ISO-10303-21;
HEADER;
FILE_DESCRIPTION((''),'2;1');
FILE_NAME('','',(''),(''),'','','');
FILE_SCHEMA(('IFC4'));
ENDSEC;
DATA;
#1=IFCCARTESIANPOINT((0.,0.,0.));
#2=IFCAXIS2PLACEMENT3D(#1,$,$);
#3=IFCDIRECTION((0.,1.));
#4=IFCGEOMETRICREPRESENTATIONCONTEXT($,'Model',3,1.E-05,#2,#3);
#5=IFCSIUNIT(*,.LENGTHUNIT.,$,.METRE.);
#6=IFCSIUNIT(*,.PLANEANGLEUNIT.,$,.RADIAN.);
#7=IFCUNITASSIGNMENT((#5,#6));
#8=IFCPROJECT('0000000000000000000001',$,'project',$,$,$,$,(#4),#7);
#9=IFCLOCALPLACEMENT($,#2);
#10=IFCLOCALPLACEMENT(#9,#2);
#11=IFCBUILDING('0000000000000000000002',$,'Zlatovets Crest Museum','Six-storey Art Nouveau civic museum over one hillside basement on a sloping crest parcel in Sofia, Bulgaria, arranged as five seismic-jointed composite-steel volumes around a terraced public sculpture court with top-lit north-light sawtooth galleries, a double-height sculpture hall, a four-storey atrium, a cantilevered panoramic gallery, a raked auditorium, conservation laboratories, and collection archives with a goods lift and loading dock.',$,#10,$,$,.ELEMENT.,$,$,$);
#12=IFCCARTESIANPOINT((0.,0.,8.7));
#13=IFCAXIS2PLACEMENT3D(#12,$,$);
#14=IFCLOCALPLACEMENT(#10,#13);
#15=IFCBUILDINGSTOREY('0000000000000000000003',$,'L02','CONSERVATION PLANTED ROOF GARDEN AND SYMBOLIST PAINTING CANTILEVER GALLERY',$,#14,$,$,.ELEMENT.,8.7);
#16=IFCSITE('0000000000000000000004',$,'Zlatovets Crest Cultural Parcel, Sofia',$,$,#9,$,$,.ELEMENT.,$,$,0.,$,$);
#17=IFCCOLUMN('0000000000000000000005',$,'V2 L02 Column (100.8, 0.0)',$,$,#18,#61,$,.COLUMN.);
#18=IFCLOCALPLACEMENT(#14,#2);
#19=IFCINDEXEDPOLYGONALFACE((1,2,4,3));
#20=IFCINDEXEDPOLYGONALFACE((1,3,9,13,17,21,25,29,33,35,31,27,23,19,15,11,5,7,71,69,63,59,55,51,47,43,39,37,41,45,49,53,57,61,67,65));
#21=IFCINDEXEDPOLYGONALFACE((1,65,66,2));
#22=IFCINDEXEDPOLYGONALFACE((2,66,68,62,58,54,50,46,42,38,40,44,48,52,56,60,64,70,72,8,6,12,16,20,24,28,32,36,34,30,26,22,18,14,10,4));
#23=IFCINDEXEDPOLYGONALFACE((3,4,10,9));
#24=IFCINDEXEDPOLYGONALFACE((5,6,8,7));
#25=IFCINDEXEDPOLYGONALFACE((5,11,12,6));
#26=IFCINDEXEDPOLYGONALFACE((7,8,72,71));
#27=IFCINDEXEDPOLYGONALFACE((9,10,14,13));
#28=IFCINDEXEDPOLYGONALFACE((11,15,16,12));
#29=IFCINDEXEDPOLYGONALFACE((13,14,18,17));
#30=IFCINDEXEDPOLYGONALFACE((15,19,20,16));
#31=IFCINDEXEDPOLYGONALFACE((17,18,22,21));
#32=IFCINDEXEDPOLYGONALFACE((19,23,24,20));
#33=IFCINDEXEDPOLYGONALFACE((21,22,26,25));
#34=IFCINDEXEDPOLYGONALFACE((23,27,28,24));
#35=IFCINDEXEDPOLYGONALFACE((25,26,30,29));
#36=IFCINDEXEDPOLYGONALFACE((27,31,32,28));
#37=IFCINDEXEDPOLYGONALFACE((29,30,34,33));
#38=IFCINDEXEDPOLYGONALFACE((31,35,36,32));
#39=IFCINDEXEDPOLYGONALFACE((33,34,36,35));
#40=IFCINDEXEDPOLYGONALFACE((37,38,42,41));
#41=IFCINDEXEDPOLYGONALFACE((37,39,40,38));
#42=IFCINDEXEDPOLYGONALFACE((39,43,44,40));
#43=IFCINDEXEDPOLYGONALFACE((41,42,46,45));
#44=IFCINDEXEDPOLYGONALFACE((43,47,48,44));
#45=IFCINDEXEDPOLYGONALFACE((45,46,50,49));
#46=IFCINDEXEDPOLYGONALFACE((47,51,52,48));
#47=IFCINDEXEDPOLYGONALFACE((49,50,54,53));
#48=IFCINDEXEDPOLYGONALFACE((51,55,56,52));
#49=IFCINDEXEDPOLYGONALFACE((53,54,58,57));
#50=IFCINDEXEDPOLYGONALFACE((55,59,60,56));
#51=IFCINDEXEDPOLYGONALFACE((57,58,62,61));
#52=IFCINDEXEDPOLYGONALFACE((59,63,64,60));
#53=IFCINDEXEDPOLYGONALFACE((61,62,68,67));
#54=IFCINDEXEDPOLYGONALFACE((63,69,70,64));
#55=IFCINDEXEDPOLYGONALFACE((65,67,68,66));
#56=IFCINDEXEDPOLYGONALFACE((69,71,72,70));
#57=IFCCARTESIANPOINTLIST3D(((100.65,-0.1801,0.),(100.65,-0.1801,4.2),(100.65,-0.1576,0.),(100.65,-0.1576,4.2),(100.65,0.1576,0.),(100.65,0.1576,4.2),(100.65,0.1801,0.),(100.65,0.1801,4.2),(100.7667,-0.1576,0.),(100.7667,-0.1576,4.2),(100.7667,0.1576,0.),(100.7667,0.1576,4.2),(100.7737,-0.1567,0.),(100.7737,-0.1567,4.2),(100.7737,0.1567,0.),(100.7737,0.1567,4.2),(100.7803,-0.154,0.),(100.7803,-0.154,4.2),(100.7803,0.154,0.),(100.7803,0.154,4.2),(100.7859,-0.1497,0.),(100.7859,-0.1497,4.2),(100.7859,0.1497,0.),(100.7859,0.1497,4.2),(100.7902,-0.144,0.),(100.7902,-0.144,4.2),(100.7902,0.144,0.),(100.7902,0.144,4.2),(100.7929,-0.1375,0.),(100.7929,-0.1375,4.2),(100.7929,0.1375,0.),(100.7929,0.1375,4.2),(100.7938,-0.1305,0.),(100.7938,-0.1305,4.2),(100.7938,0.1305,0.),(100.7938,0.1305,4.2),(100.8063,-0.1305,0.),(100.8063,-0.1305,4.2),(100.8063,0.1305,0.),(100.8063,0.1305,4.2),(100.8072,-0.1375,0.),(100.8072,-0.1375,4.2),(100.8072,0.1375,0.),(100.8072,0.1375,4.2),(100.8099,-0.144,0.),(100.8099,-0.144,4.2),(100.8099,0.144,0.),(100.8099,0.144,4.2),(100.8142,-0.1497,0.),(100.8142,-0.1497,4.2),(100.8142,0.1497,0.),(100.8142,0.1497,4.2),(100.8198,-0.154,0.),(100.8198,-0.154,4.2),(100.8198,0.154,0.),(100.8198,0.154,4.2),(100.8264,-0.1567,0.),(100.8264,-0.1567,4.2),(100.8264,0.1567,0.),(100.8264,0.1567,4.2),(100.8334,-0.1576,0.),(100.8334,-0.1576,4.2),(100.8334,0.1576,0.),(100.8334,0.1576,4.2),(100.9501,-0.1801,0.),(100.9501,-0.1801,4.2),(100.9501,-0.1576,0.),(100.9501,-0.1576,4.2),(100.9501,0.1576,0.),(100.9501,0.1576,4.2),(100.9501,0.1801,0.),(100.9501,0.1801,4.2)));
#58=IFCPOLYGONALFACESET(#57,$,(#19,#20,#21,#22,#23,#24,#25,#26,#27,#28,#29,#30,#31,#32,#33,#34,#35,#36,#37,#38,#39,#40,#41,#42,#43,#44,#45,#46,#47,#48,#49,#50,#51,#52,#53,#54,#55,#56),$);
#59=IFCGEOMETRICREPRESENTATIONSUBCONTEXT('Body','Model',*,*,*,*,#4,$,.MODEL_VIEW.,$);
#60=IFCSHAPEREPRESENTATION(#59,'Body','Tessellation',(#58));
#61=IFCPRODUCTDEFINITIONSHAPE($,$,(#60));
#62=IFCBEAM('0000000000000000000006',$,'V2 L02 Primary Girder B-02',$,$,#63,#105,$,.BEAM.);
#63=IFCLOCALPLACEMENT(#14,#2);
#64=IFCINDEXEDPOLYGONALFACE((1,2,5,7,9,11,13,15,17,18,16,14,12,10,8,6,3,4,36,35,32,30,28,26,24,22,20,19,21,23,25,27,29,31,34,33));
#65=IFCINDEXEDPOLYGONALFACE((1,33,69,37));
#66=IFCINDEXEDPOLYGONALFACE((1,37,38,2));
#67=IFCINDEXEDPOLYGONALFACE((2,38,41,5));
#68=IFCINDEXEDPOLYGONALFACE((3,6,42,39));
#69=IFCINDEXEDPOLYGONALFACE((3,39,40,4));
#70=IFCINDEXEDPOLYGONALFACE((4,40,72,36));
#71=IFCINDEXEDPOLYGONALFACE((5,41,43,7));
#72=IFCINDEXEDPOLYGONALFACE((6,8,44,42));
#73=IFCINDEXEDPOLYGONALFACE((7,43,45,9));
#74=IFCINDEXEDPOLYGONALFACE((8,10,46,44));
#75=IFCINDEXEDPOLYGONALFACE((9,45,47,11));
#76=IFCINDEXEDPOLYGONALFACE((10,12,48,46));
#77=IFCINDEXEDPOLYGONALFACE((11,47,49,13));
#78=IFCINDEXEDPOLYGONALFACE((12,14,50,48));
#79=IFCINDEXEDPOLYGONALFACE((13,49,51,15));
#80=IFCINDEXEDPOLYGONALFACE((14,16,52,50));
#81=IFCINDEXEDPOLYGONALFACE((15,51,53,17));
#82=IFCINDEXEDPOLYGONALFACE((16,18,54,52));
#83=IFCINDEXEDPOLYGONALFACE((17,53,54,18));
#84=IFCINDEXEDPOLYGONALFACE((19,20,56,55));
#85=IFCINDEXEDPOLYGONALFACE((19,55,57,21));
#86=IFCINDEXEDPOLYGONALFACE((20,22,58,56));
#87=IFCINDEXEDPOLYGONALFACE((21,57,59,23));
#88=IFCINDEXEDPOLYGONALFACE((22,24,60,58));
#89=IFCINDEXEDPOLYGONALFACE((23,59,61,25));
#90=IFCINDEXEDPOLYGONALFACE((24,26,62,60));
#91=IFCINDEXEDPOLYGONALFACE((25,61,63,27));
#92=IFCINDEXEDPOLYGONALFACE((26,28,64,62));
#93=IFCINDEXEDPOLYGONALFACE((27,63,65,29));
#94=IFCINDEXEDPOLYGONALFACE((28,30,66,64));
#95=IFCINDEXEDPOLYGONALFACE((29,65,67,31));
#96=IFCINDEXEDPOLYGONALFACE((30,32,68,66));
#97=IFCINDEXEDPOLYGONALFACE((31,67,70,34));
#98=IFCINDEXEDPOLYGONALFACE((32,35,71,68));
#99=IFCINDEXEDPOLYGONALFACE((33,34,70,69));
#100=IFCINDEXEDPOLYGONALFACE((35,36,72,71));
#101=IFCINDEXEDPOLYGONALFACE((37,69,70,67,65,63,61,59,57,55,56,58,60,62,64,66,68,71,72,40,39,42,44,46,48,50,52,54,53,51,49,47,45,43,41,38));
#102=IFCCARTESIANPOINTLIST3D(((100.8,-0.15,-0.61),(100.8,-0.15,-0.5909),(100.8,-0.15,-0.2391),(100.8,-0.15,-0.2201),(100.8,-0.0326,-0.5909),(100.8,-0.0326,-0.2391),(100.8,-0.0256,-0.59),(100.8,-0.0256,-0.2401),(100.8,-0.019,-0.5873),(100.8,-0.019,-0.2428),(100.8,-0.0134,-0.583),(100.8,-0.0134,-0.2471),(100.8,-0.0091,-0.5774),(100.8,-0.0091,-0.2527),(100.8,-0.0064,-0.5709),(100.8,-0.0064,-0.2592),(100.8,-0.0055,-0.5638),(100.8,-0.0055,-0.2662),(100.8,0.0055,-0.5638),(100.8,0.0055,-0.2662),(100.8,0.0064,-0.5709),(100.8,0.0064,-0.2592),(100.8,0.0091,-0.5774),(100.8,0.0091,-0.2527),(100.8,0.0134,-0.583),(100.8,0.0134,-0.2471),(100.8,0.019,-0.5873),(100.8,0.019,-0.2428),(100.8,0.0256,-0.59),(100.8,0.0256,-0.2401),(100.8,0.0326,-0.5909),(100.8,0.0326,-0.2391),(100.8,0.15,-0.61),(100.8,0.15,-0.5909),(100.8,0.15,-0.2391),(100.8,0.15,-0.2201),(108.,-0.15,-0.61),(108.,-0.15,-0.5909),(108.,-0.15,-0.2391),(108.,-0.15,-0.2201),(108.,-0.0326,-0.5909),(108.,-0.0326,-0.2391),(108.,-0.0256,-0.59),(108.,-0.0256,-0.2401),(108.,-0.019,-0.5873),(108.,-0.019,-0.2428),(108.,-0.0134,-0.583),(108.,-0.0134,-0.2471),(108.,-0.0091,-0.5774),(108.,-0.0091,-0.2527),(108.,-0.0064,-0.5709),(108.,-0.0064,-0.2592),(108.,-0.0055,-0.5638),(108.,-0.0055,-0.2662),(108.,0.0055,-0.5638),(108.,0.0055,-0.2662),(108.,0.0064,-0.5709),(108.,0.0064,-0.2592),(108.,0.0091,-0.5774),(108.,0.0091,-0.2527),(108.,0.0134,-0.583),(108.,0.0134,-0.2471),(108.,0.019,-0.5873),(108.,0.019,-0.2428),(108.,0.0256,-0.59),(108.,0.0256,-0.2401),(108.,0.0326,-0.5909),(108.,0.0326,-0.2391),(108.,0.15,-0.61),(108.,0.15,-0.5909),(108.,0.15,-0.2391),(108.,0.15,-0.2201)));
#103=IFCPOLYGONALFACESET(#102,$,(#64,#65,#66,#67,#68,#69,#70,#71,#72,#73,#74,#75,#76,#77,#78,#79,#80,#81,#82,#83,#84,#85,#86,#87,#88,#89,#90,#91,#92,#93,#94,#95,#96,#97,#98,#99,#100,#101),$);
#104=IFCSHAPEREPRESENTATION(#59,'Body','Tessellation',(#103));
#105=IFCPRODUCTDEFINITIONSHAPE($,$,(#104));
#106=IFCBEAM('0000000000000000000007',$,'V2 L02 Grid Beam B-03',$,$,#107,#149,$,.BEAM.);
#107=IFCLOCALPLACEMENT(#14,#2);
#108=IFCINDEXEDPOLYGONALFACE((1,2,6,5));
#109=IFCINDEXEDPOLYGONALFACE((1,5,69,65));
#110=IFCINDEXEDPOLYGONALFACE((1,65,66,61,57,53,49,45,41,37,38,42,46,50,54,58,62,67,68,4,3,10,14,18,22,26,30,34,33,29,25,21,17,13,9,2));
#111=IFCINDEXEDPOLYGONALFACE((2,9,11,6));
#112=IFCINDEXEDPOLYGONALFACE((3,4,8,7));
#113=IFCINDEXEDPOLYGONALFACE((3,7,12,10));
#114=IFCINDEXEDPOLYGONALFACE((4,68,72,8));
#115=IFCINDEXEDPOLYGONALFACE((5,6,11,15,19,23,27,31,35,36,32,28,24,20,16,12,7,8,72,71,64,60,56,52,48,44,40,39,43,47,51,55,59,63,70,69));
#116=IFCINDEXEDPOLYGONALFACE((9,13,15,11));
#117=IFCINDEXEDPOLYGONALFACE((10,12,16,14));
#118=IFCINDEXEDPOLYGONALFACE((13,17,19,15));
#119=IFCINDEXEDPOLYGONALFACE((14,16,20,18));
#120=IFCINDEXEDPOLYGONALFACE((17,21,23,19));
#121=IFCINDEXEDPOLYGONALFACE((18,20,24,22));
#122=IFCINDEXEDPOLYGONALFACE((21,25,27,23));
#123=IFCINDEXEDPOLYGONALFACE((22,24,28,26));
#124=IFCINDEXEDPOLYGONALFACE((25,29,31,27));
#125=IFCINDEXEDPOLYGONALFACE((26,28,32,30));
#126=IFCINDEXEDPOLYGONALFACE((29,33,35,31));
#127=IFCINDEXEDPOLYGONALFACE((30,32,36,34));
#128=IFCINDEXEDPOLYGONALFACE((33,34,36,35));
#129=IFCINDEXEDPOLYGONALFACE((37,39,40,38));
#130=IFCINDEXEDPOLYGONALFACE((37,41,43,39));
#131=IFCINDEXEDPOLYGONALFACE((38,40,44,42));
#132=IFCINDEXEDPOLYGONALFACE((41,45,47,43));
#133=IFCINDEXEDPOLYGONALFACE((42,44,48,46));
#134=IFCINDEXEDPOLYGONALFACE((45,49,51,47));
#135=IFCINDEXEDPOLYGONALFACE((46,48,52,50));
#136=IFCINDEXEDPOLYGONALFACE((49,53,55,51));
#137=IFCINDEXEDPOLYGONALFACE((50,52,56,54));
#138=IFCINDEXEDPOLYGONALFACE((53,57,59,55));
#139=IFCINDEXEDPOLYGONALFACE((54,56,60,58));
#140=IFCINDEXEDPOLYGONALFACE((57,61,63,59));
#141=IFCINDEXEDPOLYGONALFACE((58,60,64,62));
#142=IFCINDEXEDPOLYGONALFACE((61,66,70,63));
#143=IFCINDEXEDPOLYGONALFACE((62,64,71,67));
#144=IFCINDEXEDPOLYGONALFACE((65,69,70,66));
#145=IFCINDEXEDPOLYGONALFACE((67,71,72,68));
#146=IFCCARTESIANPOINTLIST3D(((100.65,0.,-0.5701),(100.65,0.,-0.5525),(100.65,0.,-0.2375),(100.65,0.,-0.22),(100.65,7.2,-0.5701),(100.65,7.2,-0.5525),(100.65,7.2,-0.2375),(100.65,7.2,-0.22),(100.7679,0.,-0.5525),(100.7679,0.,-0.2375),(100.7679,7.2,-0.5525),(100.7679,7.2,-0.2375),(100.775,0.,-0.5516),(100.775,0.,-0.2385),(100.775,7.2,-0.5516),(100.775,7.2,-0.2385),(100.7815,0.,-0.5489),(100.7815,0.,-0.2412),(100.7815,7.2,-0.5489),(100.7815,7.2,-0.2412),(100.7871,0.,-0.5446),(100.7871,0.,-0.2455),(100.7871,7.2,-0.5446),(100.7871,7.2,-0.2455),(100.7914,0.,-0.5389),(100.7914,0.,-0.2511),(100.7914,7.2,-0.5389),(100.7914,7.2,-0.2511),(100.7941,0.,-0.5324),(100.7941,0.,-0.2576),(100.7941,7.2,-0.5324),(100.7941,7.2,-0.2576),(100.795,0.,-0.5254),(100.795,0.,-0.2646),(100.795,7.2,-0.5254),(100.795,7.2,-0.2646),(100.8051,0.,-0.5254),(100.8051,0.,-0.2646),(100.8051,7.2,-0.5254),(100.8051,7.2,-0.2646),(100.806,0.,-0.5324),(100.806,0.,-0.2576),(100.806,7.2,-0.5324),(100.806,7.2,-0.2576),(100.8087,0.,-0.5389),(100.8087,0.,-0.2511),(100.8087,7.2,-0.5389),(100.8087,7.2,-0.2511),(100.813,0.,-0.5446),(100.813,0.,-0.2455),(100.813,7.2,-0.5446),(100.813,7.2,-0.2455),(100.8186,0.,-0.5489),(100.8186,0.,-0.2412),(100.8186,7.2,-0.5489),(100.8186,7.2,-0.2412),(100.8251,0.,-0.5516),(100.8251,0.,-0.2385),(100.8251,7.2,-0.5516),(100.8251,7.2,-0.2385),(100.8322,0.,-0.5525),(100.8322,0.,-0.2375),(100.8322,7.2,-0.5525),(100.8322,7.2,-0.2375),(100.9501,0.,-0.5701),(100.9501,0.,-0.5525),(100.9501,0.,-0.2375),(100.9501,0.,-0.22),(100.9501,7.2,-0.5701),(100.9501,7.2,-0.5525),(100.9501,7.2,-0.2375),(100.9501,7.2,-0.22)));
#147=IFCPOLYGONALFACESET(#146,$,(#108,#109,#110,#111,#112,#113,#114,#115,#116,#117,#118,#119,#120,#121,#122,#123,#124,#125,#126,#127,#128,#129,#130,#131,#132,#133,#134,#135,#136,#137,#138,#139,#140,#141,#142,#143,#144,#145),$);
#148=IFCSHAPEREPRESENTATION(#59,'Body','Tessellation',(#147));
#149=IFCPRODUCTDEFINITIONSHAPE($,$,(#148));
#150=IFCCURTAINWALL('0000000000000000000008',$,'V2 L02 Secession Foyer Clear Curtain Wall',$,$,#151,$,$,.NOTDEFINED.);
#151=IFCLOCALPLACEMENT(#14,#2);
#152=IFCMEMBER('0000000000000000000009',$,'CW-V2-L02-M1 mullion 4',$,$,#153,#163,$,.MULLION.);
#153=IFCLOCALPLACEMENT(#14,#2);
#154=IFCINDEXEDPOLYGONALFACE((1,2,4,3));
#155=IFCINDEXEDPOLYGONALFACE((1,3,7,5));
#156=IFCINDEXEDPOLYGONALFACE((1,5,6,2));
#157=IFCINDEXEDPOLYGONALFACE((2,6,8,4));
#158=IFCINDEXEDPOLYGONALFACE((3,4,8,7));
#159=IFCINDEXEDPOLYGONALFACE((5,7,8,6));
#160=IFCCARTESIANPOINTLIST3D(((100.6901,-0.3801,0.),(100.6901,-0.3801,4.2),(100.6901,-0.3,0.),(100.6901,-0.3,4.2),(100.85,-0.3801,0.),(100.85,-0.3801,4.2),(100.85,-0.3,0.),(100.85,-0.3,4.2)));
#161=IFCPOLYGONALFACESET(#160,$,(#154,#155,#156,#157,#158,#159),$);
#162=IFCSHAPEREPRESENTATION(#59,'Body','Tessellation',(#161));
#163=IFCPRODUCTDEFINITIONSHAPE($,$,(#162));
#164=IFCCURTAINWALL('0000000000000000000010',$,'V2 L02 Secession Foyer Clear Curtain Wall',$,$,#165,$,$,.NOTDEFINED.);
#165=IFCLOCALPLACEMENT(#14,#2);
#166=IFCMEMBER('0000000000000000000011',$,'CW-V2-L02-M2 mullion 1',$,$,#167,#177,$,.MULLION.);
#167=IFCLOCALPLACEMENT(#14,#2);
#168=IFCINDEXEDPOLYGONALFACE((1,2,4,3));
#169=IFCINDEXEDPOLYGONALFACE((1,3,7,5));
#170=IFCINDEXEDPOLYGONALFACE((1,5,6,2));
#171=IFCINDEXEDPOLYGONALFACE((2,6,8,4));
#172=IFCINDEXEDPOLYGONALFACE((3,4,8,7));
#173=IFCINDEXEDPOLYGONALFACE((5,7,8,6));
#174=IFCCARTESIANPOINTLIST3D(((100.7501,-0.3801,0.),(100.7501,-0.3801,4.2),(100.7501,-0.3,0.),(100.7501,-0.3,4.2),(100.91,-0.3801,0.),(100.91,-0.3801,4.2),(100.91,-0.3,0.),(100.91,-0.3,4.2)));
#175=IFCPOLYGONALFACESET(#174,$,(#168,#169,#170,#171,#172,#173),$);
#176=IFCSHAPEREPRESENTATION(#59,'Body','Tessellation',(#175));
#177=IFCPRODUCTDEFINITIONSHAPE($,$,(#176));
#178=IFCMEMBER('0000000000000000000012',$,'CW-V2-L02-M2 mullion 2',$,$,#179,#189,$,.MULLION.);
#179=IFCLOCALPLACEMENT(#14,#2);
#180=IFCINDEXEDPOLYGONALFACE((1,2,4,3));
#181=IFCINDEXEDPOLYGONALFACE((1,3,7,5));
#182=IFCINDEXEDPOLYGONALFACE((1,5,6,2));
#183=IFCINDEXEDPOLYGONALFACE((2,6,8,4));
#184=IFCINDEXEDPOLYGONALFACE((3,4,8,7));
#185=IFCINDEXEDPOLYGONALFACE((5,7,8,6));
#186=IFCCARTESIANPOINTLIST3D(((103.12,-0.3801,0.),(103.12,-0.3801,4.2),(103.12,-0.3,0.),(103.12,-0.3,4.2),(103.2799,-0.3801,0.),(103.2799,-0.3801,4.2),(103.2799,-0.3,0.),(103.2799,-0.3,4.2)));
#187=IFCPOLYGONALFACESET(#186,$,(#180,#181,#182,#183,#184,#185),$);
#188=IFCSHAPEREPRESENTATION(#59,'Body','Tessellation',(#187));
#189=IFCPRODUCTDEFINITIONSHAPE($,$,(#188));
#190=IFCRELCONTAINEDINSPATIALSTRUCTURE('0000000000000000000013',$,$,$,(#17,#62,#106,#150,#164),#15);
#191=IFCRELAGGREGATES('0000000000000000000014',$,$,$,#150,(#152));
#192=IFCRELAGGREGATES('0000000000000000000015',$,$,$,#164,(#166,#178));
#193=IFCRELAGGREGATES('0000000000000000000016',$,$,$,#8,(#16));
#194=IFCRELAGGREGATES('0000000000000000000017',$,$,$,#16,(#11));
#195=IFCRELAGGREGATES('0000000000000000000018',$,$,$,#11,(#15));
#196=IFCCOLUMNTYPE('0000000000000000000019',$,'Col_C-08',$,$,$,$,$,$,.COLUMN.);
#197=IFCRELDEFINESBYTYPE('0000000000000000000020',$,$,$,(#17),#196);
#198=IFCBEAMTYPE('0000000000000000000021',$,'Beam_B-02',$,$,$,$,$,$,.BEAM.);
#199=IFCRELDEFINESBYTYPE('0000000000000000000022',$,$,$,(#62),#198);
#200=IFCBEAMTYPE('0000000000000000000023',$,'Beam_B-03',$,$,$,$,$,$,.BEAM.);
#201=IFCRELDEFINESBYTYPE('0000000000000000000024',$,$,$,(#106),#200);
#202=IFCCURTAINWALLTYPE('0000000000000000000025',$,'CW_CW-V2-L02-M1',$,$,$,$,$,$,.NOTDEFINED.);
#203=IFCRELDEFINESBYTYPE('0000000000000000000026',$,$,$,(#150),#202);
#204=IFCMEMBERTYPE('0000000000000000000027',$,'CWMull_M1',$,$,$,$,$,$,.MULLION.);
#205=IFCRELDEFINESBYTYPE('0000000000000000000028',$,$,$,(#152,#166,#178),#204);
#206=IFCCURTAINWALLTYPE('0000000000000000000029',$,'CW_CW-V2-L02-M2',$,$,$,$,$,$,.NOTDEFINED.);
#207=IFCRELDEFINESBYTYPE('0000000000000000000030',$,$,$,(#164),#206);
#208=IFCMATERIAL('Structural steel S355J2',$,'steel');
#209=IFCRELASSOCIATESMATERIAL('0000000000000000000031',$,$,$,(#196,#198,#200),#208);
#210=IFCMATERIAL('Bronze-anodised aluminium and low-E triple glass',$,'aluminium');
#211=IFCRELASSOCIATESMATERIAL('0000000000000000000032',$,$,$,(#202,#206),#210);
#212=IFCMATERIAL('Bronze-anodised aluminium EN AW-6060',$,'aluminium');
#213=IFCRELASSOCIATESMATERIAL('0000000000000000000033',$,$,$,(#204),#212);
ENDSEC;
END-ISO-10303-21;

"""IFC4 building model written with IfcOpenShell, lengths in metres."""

from ifc_helpers import new_model, si_unit, direction, frame, origin, origin_2d, place, context, subcontext, project, spatial, rectangle, i_section, extrude, material, material_profile, profile_set, type_object, element, aggregate, save


model = new_model("IFC4")

# Units and contexts
model_context = context("Model", 3, precision=1e-05, world=origin(), true_north=direction((0.0, 1.0)))
body_context = subcontext(model_context, "Body", "Model", "MODEL_VIEW")
ifc_project = project(units=[si_unit("LENGTHUNIT", "METRE"), si_unit("PLANEANGLEUNIT", "RADIAN")], contexts=[model_context])

# Site, building, storey
site_placement = place(None, origin())
site = spatial("IfcSite", under=ifc_project, at=site_placement, Name="Zlatovets Crest Cultural Parcel, Sofia", CompositionType="ELEMENT", RefElevation=0.0)
building_placement = place(site_placement, origin())
building = spatial("IfcBuilding", under=site, at=building_placement, Name="Zlatovets Crest Museum", Description="Six-storey Art Nouveau civic museum over one hillside basement on a sloping crest parcel in Sofia, Bulgaria, arranged as five seismic-jointed composite-steel volumes around a terraced public sculpture court with top-lit north-light sawtooth galleries, a double-height sculpture hall, a four-storey atrium, a cantilevered panoramic gallery, a raked auditorium, conservation laboratories, and collection archives with a goods lift and loading dock.", CompositionType="ELEMENT")
storey_placement = place(building_placement, frame((0.0, 0.0, 8.7)))
storey = spatial("IfcBuildingStorey", under=building, at=storey_placement, Name="L02", Description="CONSERVATION PLANTED ROOF GARDEN AND SYMBOLIST PAINTING CANTILEVER GALLERY", CompositionType="ELEMENT", Elevation=8.7)

# Column
ifc_material_1 = material(Name="Structural steel S355J2", Category="steel")
ifc_material_profile_1 = material_profile(ifc_material_1, i_section(OverallWidth=0.3, OverallDepth=0.3601, WebThickness=0.0125, FlangeThickness=0.0225, FilletRadius=0.0271, at=origin_2d()), Name="HEB 360")
ifc_profile_set_1 = profile_set([ifc_material_profile_1], Name="Structural steel S355J2")
column_type = type_object("IfcColumnType", Name="Col_C-08", PredefinedType="COLUMN", material=ifc_profile_set_1)
column_placement = place(storey_placement, frame((100.8, 0.0, 0.0), z_axis=(0.0, 0.0, 1.0), x_axis=(1.0, 0.0, 0.0)))
element("IfcColumn", 1, at=column_placement, inside=storey, type_object=column_type, Name="V2 L02 Column (100.8, 0.0)", PredefinedType="COLUMN", context=body_context, shape_type="SweptSolid", body=[
    extrude(i_section(OverallWidth=0.3, OverallDepth=0.3601, WebThickness=0.0125, FlangeThickness=0.0225, FilletRadius=0.0271, at=origin_2d()), origin(), (0.0, 0.0, 1.0), 4.2),
])

# Beams
ifc_material_profile_2 = material_profile(ifc_material_1, i_section(OverallWidth=0.3, OverallDepth=0.3899, WebThickness=0.011, FlangeThickness=0.019, FilletRadius=0.0271, at=origin_2d()), Name="HEA 400")
ifc_profile_set_2 = profile_set([ifc_material_profile_2], Name="Structural steel S355J2")
beam_type_1 = type_object("IfcBeamType", Name="Beam_B-02", PredefinedType="BEAM", material=ifc_profile_set_2)
beam_1_placement = place(storey_placement, frame((100.8, 0.0, -0.415), z_axis=(1.0, 0.0, 0.0), x_axis=(0.0, 1.0, 0.0)))
element("IfcBeam", 2, at=beam_1_placement, inside=storey, type_object=beam_type_1, Name="V2 L02 Primary Girder B-02", PredefinedType="BEAM", context=body_context, shape_type="SweptSolid", body=[
    extrude(i_section(OverallWidth=0.3, OverallDepth=0.3899, WebThickness=0.011, FlangeThickness=0.019, FilletRadius=0.0271, at=origin_2d()), origin(), (0.0, 0.0, 1.0), 7.2),
])
ifc_material_profile_3 = material_profile(ifc_material_1, i_section(OverallWidth=0.3, OverallDepth=0.3501, WebThickness=0.01, FlangeThickness=0.0176, FilletRadius=0.0271, at=origin_2d()), Name="HEA 360")
ifc_profile_set_3 = profile_set([ifc_material_profile_3], Name="Structural steel S355J2")
beam_type_2 = type_object("IfcBeamType", Name="Beam_B-03", PredefinedType="BEAM", material=ifc_profile_set_3)
beam_2_placement = place(storey_placement, frame((100.8, 0.0, -0.395), z_axis=(0.0, 1.0, 0.0), x_axis=(-1.0, 0.0, 0.0)))
element("IfcBeam", 3, at=beam_2_placement, inside=storey, type_object=beam_type_2, Name="V2 L02 Grid Beam B-03", PredefinedType="BEAM", context=body_context, shape_type="SweptSolid", body=[
    extrude(i_section(OverallWidth=0.3, OverallDepth=0.3501, WebThickness=0.01, FlangeThickness=0.0176, FilletRadius=0.0271, at=origin_2d()), origin(), (0.0, 0.0, 1.0), 7.2),
])

# Curtain wall, member
ifc_material_2 = material(Name="Bronze-anodised aluminium and low-E triple glass", Category="aluminium")
curtain_wall_type_1 = type_object("IfcCurtainWallType", Name="CW_CW-V2-L02-M1", PredefinedType="NOTDEFINED", material=ifc_material_2)
curtain_wall_1_placement = place(storey_placement, origin())
curtain_wall_1 = element("IfcCurtainWall", 4, at=curtain_wall_1_placement, inside=storey, type_object=curtain_wall_type_1, Name="V2 L02 Secession Foyer Clear Curtain Wall", PredefinedType="NOTDEFINED")
ifc_material_3 = material(Name="Bronze-anodised aluminium EN AW-6060", Category="aluminium")
ifc_material_profile_4 = material_profile(ifc_material_3, rectangle(XDim=0.0801, YDim=0.1599, at=origin_2d()), Name="ALU 80x160")
ifc_profile_set_4 = profile_set([ifc_material_profile_4], Name="Bronze-anodised aluminium EN AW-6060")
member_type_1 = type_object("IfcMemberType", Name="CWMull_M1", PredefinedType="MULLION", material=ifc_profile_set_4)
member_1_placement = place(storey_placement, frame((100.77, -0.3401, 0.0), z_axis=(0.0, 0.0, 1.0), x_axis=(0.0, 1.0, 0.0)))
member_1 = element("IfcMember", 5, at=member_1_placement, type_object=member_type_1, Name="CW-V2-L02-M1 mullion 4", PredefinedType="MULLION", context=body_context, shape_type="SweptSolid", body=[
    extrude(rectangle(XDim=0.0801, YDim=0.1599, at=origin_2d()), origin(), (0.0, 0.0, 1.0), 4.2),
])

# Curtain wall, members
curtain_wall_type_2 = type_object("IfcCurtainWallType", Name="CW_CW-V2-L02-M2", PredefinedType="NOTDEFINED", material=ifc_material_2)
curtain_wall_2_placement = place(storey_placement, origin())
curtain_wall_2 = element("IfcCurtainWall", 6, at=curtain_wall_2_placement, inside=storey, type_object=curtain_wall_type_2, Name="V2 L02 Secession Foyer Clear Curtain Wall", PredefinedType="NOTDEFINED")
member_2_placement = place(storey_placement, frame((100.8301, -0.3401, 0.0), z_axis=(0.0, 0.0, 1.0), x_axis=(0.0, 1.0, 0.0)))
member_2 = element("IfcMember", 7, at=member_2_placement, type_object=member_type_1, Name="CW-V2-L02-M2 mullion 1", PredefinedType="MULLION", context=body_context, shape_type="SweptSolid", body=[
    extrude(rectangle(XDim=0.0801, YDim=0.1599, at=origin_2d()), origin(), (0.0, 0.0, 1.0), 4.2),
])
member_3_placement = place(storey_placement, frame((103.2, -0.3401, 0.0), z_axis=(0.0, 0.0, 1.0), x_axis=(0.0, 1.0, 0.0)))
member_3 = element("IfcMember", 8, at=member_3_placement, type_object=member_type_1, Name="CW-V2-L02-M2 mullion 2", PredefinedType="MULLION", context=body_context, shape_type="SweptSolid", body=[
    extrude(rectangle(XDim=0.0801, YDim=0.1599, at=origin_2d()), origin(), (0.0, 0.0, 1.0), 4.2),
])

aggregate(curtain_wall_1, [member_1])
aggregate(curtain_wall_2, [member_2, member_3])

save(model, "model.ifc")
